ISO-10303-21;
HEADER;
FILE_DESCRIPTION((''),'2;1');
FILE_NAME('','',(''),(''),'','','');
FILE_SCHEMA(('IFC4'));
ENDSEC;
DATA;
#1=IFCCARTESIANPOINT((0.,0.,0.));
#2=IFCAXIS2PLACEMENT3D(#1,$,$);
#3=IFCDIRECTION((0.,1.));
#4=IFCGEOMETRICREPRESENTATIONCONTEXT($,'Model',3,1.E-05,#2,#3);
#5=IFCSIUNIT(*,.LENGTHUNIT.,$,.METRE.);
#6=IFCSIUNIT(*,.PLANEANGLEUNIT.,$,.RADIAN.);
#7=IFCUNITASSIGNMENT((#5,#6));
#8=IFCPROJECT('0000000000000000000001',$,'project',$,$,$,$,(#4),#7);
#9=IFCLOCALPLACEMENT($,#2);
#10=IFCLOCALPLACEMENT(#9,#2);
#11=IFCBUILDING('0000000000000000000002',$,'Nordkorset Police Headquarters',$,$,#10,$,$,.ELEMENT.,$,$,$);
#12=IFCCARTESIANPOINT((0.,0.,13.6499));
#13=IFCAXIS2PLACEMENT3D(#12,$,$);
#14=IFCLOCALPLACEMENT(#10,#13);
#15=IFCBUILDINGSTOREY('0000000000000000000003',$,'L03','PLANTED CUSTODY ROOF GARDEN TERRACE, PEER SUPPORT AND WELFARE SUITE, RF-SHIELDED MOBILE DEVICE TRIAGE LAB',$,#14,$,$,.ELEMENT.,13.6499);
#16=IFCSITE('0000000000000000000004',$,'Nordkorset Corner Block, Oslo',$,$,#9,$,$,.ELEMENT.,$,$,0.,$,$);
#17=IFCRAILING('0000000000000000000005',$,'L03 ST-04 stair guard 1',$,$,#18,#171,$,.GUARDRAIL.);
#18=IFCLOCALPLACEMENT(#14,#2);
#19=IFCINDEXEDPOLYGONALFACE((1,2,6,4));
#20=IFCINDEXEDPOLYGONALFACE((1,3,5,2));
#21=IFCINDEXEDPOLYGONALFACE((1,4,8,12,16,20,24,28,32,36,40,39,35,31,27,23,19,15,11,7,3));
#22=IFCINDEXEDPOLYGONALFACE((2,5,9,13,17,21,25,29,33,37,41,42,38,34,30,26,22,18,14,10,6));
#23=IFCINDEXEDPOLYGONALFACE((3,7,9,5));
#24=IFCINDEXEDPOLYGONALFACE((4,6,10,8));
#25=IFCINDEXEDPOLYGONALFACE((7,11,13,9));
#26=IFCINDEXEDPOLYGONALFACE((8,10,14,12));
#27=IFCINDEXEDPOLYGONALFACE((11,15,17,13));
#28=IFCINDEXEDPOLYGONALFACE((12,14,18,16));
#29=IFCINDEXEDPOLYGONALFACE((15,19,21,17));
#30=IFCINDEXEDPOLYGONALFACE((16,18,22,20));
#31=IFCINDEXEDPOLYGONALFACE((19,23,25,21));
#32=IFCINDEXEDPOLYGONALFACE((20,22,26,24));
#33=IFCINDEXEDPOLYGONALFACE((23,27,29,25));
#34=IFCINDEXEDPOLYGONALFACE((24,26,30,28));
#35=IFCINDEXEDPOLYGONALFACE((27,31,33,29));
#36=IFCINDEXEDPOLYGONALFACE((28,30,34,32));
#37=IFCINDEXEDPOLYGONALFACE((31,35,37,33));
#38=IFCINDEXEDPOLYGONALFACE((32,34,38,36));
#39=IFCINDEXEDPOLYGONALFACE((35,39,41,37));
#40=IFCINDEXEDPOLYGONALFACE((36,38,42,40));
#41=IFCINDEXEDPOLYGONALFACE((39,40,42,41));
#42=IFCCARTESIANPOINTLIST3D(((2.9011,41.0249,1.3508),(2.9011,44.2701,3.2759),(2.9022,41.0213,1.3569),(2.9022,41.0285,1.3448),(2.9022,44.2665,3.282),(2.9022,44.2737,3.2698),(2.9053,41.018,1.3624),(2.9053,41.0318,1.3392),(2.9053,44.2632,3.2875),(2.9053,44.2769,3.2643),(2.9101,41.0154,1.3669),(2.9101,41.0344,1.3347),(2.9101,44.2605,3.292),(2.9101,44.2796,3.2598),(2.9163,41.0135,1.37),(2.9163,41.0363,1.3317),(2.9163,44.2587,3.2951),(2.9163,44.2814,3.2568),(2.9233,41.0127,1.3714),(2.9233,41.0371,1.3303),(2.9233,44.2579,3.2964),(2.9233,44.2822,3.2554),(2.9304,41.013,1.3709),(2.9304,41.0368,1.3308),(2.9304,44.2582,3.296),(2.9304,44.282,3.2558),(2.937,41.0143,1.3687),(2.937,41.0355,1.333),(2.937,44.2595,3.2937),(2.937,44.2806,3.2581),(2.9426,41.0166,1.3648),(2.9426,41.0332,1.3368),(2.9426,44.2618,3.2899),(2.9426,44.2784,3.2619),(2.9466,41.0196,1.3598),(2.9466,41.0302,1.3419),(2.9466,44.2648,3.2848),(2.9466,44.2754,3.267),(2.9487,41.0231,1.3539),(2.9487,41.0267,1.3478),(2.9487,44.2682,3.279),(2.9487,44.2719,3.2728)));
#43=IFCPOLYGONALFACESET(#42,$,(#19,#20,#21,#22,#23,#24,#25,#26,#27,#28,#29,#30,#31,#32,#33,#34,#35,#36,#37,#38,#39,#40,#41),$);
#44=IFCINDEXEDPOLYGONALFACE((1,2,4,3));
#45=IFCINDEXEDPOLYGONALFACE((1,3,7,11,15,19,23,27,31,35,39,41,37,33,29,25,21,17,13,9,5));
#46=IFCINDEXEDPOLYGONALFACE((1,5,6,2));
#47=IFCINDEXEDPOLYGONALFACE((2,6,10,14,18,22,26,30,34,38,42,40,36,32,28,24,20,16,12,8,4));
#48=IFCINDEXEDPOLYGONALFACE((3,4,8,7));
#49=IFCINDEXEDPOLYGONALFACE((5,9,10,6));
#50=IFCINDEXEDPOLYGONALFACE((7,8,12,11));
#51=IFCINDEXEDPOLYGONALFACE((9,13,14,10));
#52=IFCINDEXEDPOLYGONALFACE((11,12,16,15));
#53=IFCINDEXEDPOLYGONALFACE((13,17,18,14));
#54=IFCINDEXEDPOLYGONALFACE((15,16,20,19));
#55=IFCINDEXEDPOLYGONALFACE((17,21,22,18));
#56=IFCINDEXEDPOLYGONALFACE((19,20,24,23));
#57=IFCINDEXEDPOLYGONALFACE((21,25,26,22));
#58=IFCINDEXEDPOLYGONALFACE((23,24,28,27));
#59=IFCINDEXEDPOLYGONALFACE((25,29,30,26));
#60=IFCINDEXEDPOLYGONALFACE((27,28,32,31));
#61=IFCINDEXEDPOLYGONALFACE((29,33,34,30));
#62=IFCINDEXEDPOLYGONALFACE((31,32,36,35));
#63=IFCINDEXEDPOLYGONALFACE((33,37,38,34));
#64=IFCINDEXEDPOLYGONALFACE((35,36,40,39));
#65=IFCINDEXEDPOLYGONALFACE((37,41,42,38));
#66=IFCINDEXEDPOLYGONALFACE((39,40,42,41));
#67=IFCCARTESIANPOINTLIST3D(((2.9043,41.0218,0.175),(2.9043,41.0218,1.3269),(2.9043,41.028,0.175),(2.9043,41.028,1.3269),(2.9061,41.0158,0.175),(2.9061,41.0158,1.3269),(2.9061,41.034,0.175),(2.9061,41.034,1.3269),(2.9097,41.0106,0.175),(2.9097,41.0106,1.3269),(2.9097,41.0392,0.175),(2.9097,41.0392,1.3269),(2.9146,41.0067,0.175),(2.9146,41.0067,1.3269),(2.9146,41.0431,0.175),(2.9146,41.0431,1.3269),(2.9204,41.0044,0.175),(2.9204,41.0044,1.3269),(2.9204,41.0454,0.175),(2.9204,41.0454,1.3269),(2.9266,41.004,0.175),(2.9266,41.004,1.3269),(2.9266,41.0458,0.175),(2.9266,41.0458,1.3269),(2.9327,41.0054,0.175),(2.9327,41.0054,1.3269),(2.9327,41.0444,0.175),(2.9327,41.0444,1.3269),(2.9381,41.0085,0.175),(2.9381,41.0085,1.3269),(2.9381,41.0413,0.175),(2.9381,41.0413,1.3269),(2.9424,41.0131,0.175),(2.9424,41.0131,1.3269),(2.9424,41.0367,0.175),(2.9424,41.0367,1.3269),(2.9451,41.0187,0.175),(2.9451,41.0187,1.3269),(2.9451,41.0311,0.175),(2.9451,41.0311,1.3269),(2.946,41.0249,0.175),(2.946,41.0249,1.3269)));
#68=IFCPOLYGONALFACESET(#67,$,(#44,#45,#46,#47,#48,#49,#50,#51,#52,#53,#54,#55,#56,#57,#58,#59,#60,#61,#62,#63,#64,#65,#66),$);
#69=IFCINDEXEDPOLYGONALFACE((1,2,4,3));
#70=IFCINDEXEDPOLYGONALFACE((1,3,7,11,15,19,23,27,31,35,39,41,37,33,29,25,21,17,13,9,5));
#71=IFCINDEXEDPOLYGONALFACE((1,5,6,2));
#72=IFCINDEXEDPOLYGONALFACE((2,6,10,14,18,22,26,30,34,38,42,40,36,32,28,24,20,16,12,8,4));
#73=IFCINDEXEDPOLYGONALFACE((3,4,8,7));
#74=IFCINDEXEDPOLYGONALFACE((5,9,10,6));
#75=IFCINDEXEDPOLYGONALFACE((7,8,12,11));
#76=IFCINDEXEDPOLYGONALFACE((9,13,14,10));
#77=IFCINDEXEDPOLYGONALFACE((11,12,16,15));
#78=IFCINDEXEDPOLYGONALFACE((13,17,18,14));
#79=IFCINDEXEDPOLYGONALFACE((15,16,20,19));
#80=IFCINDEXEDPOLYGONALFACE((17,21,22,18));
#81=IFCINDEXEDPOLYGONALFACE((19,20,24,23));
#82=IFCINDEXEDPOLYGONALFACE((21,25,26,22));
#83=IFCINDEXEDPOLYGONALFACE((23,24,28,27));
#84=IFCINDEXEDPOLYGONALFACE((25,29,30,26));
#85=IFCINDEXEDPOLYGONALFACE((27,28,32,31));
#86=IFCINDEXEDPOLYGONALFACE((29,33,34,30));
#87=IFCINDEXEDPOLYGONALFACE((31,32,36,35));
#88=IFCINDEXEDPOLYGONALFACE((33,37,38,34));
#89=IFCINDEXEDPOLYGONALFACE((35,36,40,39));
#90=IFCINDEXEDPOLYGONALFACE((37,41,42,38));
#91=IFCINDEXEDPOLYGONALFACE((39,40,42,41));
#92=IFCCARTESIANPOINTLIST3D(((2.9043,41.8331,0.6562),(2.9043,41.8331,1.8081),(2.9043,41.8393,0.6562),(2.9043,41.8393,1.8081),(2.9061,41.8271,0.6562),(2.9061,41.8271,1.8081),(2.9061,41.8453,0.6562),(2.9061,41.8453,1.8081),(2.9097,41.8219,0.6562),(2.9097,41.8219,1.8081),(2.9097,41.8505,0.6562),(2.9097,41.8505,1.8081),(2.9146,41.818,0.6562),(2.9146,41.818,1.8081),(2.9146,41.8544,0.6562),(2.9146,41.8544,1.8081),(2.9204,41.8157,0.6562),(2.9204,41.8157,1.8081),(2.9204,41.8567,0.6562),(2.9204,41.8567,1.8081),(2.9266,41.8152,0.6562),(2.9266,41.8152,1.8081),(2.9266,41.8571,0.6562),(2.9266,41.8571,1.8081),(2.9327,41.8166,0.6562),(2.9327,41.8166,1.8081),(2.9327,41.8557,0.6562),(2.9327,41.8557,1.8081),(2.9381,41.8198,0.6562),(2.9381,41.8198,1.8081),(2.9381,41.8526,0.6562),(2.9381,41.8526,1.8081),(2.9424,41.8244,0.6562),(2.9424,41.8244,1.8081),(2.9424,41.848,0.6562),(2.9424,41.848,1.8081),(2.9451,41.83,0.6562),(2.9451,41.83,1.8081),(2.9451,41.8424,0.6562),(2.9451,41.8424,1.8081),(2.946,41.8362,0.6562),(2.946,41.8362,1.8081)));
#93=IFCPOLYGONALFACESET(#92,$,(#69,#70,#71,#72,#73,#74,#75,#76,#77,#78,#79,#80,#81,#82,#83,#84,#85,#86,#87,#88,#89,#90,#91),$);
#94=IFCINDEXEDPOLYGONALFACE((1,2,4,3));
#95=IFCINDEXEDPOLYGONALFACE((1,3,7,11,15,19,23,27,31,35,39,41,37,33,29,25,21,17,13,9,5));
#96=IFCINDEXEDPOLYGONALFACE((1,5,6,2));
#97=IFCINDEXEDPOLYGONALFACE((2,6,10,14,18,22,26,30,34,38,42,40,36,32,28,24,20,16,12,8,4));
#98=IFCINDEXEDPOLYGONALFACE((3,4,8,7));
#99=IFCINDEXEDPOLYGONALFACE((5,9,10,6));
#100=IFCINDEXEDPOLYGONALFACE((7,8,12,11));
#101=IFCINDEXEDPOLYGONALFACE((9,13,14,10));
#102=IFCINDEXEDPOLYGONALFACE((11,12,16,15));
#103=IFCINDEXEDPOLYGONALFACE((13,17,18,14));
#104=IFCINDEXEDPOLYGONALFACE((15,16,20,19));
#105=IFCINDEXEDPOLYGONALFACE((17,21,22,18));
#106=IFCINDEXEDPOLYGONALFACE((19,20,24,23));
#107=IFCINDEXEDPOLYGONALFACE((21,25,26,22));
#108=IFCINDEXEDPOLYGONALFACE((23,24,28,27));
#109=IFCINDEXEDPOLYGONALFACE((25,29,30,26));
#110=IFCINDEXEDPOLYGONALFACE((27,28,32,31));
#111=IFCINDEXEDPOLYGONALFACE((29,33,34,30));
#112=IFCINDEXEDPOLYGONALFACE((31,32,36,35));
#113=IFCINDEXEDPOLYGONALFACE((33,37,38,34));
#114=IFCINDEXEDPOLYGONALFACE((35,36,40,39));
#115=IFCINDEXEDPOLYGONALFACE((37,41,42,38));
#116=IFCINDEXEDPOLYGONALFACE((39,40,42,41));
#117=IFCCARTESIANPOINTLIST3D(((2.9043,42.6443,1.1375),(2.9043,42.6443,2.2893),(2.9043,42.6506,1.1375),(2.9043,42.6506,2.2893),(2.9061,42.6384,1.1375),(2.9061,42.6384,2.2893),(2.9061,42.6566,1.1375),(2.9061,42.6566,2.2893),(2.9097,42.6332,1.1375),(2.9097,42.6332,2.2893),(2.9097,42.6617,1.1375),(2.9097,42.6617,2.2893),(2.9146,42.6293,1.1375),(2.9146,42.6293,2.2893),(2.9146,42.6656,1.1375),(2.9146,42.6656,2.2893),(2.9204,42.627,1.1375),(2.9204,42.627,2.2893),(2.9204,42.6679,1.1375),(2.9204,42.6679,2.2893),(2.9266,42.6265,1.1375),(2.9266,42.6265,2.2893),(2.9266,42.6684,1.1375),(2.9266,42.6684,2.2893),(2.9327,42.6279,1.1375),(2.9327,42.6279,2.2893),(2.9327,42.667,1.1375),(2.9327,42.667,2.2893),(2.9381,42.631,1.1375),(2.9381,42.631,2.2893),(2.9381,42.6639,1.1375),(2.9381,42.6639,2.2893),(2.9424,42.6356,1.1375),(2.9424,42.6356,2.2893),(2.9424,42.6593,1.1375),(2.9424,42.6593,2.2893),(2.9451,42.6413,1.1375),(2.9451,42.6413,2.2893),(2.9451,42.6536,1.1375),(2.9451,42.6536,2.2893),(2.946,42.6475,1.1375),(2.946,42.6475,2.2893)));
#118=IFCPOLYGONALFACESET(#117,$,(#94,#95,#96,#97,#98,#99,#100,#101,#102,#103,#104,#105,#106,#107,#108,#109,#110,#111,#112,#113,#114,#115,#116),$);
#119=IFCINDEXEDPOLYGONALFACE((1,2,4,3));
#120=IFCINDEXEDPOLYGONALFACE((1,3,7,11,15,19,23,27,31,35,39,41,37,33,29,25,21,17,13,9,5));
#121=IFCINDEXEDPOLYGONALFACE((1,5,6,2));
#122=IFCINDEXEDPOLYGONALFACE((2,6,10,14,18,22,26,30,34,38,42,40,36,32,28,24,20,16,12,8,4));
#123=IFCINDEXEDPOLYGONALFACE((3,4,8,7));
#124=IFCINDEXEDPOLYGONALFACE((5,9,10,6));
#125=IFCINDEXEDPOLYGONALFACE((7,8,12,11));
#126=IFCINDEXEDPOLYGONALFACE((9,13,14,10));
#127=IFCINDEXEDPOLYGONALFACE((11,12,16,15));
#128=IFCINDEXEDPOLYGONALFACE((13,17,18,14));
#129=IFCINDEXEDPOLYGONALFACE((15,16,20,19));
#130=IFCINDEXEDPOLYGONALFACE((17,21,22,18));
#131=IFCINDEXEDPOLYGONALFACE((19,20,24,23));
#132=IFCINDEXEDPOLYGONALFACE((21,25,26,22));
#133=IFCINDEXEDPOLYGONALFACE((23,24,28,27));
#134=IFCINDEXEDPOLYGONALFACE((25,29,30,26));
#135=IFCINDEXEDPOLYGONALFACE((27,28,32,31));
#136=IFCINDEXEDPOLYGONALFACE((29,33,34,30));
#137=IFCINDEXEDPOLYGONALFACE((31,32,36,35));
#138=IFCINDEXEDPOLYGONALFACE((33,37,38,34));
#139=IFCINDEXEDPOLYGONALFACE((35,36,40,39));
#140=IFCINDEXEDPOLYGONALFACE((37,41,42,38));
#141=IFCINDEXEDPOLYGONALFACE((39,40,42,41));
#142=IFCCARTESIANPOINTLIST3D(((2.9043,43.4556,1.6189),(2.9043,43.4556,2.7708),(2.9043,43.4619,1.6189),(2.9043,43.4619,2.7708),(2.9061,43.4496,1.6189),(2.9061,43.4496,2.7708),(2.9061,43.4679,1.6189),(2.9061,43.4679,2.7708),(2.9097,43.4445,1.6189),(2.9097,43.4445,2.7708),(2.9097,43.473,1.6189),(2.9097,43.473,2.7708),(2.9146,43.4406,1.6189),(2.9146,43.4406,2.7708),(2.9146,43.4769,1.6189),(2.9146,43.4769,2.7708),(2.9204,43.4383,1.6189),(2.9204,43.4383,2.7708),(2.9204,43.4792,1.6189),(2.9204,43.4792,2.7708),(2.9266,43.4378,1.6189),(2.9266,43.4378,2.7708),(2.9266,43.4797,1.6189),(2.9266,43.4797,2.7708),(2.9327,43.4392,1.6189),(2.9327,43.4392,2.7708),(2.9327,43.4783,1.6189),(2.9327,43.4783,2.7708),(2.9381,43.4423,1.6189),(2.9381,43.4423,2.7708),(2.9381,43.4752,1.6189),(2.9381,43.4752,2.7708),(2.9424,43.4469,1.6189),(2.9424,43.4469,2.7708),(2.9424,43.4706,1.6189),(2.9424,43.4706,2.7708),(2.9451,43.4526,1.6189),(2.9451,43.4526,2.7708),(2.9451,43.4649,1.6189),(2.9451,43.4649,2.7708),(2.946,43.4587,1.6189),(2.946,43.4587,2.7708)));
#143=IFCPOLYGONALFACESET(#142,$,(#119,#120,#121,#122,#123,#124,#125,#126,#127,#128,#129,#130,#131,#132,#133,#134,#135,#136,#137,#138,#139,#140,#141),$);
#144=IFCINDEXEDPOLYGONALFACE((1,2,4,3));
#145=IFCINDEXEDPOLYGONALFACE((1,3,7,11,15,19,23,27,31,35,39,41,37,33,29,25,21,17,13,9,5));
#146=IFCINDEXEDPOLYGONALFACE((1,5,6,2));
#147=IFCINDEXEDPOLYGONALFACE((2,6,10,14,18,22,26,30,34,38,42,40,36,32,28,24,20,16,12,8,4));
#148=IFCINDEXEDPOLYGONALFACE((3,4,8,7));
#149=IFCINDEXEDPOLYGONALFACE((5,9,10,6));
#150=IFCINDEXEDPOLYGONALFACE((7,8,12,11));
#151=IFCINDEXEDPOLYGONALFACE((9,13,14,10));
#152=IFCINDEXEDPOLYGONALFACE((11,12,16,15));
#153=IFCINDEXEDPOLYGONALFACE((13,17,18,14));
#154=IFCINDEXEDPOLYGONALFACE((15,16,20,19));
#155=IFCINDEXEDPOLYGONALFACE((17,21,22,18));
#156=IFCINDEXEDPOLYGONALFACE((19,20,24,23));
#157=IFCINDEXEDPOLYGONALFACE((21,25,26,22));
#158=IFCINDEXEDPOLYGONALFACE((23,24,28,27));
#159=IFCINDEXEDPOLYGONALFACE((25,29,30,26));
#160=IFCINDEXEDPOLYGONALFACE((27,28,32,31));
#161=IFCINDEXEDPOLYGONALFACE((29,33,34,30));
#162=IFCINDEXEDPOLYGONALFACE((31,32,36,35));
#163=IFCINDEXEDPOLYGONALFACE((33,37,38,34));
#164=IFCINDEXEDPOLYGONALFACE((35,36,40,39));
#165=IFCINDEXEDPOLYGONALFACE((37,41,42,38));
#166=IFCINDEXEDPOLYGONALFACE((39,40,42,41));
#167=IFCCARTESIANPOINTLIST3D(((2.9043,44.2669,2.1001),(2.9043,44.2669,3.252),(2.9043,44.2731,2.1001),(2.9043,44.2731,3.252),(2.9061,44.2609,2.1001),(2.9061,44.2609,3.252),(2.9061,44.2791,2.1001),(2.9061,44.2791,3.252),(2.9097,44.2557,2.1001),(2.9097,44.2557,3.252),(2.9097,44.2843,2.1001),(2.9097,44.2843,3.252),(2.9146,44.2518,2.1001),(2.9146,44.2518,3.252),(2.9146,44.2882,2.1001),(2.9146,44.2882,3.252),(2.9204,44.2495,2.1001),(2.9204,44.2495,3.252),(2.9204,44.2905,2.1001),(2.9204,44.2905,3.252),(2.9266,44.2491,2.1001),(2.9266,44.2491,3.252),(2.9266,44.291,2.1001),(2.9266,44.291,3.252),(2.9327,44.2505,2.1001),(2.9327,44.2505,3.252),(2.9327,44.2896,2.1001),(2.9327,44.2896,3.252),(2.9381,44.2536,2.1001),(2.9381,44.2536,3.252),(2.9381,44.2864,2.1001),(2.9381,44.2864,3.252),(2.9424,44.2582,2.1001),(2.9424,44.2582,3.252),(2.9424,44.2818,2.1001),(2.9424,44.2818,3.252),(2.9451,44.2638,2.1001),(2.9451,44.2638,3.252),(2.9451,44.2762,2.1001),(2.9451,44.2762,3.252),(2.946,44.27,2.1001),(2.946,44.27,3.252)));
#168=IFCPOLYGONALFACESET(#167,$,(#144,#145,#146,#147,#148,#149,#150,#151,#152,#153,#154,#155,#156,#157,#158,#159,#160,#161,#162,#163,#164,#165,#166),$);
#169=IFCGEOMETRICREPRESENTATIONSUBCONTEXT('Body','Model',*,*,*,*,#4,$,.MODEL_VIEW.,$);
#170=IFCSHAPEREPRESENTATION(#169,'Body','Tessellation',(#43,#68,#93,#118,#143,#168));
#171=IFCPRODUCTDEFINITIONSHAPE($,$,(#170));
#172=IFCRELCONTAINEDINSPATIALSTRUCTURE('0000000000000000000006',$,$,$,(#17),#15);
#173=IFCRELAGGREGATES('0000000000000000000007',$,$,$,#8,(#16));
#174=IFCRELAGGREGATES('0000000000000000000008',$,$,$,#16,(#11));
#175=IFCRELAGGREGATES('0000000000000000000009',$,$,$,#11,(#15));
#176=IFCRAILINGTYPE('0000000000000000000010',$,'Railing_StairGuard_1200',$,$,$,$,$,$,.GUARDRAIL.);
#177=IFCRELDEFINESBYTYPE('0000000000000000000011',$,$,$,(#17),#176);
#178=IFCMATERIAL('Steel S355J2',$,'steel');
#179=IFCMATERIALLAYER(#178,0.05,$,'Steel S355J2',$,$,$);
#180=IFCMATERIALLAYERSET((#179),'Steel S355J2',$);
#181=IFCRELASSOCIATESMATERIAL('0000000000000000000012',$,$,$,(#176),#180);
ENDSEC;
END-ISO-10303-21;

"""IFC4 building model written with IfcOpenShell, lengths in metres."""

from ifc_helpers import new_model, si_unit, direction, frame, origin, origin_2d, place, context, subcontext, project, spatial, circle, extrude, material, layer, layer_set, type_object, element, save


model = new_model("IFC4")

# Units and contexts
model_context = context("Model", 3, precision=1e-05, world=origin(), true_north=direction((0.0, 1.0)))
body_context = subcontext(model_context, "Body", "Model", "MODEL_VIEW")
ifc_project = project(units=[si_unit("LENGTHUNIT", "METRE"), si_unit("PLANEANGLEUNIT", "RADIAN")], contexts=[model_context])

# Site, building, storey
site_placement = place(None, origin())
site = spatial("IfcSite", under=ifc_project, at=site_placement, Name="Nordkorset Corner Block, Oslo", CompositionType="ELEMENT", RefElevation=0.0)
building_placement = place(site_placement, origin())
building = spatial("IfcBuilding", under=site, at=building_placement, Name="Nordkorset Police Headquarters", CompositionType="ELEMENT")
storey_placement = place(building_placement, frame((0.0, 0.0, 13.6499)))
storey = spatial("IfcBuildingStorey", under=building, at=storey_placement, Name="L03", Description="PLANTED CUSTODY ROOF GARDEN TERRACE, PEER SUPPORT AND WELFARE SUITE, RF-SHIELDED MOBILE DEVICE TRIAGE LAB", CompositionType="ELEMENT", Elevation=13.6499)

# Railing
ifc_material_1 = material(Name="Steel S355J2", Category="steel")
ifc_layer_1 = layer(ifc_material_1, 0.05, Name="Steel S355J2")
ifc_layer_set_1 = layer_set([ifc_layer_1], Name="Steel S355J2")
railing_type_1 = type_object("IfcRailingType", Name="Railing_StairGuard_1200", PredefinedType="GUARDRAIL", material=ifc_layer_set_1)
railing_1_placement = place(storey_placement, frame((2.925, 41.0249, 0.175)))
element("IfcRailing", 1, at=railing_1_placement, inside=storey, type_object=railing_type_1, Name="L03 ST-04 stair guard 1", PredefinedType="GUARDRAIL", context=body_context, shape_type="SweptSolid", body=[
    extrude(circle(Radius=0.0239, at=origin_2d()), frame((0.0, 0.0, 1.1758), z_axis=(0.0, 0.860057, 0.510198), x_axis=(-1.0, 0.0, 0.0)), (0.0, 0.0, 1.0), 3.7732),
    extrude(circle(Radius=0.021, at=origin_2d()), origin(), (0.0, 0.0, 1.0), 1.1519),
    extrude(circle(Radius=0.021, at=origin_2d()), frame((0.0, 0.8113, 0.4812)), (0.0, 0.0, 1.0), 1.1519),
    extrude(circle(Radius=0.021, at=origin_2d()), frame((0.0, 1.6226, 0.9624)), (0.0, 0.0, 1.0), 1.1519),
    extrude(circle(Radius=0.021, at=origin_2d()), frame((0.0, 2.4338, 1.4438)), (0.0, 0.0, 1.0), 1.1519),
    extrude(circle(Radius=0.021, at=origin_2d()), frame((0.0, 3.2451, 1.925)), (0.0, 0.0, 1.0), 1.1519),
])

save(model, "model.ifc")
